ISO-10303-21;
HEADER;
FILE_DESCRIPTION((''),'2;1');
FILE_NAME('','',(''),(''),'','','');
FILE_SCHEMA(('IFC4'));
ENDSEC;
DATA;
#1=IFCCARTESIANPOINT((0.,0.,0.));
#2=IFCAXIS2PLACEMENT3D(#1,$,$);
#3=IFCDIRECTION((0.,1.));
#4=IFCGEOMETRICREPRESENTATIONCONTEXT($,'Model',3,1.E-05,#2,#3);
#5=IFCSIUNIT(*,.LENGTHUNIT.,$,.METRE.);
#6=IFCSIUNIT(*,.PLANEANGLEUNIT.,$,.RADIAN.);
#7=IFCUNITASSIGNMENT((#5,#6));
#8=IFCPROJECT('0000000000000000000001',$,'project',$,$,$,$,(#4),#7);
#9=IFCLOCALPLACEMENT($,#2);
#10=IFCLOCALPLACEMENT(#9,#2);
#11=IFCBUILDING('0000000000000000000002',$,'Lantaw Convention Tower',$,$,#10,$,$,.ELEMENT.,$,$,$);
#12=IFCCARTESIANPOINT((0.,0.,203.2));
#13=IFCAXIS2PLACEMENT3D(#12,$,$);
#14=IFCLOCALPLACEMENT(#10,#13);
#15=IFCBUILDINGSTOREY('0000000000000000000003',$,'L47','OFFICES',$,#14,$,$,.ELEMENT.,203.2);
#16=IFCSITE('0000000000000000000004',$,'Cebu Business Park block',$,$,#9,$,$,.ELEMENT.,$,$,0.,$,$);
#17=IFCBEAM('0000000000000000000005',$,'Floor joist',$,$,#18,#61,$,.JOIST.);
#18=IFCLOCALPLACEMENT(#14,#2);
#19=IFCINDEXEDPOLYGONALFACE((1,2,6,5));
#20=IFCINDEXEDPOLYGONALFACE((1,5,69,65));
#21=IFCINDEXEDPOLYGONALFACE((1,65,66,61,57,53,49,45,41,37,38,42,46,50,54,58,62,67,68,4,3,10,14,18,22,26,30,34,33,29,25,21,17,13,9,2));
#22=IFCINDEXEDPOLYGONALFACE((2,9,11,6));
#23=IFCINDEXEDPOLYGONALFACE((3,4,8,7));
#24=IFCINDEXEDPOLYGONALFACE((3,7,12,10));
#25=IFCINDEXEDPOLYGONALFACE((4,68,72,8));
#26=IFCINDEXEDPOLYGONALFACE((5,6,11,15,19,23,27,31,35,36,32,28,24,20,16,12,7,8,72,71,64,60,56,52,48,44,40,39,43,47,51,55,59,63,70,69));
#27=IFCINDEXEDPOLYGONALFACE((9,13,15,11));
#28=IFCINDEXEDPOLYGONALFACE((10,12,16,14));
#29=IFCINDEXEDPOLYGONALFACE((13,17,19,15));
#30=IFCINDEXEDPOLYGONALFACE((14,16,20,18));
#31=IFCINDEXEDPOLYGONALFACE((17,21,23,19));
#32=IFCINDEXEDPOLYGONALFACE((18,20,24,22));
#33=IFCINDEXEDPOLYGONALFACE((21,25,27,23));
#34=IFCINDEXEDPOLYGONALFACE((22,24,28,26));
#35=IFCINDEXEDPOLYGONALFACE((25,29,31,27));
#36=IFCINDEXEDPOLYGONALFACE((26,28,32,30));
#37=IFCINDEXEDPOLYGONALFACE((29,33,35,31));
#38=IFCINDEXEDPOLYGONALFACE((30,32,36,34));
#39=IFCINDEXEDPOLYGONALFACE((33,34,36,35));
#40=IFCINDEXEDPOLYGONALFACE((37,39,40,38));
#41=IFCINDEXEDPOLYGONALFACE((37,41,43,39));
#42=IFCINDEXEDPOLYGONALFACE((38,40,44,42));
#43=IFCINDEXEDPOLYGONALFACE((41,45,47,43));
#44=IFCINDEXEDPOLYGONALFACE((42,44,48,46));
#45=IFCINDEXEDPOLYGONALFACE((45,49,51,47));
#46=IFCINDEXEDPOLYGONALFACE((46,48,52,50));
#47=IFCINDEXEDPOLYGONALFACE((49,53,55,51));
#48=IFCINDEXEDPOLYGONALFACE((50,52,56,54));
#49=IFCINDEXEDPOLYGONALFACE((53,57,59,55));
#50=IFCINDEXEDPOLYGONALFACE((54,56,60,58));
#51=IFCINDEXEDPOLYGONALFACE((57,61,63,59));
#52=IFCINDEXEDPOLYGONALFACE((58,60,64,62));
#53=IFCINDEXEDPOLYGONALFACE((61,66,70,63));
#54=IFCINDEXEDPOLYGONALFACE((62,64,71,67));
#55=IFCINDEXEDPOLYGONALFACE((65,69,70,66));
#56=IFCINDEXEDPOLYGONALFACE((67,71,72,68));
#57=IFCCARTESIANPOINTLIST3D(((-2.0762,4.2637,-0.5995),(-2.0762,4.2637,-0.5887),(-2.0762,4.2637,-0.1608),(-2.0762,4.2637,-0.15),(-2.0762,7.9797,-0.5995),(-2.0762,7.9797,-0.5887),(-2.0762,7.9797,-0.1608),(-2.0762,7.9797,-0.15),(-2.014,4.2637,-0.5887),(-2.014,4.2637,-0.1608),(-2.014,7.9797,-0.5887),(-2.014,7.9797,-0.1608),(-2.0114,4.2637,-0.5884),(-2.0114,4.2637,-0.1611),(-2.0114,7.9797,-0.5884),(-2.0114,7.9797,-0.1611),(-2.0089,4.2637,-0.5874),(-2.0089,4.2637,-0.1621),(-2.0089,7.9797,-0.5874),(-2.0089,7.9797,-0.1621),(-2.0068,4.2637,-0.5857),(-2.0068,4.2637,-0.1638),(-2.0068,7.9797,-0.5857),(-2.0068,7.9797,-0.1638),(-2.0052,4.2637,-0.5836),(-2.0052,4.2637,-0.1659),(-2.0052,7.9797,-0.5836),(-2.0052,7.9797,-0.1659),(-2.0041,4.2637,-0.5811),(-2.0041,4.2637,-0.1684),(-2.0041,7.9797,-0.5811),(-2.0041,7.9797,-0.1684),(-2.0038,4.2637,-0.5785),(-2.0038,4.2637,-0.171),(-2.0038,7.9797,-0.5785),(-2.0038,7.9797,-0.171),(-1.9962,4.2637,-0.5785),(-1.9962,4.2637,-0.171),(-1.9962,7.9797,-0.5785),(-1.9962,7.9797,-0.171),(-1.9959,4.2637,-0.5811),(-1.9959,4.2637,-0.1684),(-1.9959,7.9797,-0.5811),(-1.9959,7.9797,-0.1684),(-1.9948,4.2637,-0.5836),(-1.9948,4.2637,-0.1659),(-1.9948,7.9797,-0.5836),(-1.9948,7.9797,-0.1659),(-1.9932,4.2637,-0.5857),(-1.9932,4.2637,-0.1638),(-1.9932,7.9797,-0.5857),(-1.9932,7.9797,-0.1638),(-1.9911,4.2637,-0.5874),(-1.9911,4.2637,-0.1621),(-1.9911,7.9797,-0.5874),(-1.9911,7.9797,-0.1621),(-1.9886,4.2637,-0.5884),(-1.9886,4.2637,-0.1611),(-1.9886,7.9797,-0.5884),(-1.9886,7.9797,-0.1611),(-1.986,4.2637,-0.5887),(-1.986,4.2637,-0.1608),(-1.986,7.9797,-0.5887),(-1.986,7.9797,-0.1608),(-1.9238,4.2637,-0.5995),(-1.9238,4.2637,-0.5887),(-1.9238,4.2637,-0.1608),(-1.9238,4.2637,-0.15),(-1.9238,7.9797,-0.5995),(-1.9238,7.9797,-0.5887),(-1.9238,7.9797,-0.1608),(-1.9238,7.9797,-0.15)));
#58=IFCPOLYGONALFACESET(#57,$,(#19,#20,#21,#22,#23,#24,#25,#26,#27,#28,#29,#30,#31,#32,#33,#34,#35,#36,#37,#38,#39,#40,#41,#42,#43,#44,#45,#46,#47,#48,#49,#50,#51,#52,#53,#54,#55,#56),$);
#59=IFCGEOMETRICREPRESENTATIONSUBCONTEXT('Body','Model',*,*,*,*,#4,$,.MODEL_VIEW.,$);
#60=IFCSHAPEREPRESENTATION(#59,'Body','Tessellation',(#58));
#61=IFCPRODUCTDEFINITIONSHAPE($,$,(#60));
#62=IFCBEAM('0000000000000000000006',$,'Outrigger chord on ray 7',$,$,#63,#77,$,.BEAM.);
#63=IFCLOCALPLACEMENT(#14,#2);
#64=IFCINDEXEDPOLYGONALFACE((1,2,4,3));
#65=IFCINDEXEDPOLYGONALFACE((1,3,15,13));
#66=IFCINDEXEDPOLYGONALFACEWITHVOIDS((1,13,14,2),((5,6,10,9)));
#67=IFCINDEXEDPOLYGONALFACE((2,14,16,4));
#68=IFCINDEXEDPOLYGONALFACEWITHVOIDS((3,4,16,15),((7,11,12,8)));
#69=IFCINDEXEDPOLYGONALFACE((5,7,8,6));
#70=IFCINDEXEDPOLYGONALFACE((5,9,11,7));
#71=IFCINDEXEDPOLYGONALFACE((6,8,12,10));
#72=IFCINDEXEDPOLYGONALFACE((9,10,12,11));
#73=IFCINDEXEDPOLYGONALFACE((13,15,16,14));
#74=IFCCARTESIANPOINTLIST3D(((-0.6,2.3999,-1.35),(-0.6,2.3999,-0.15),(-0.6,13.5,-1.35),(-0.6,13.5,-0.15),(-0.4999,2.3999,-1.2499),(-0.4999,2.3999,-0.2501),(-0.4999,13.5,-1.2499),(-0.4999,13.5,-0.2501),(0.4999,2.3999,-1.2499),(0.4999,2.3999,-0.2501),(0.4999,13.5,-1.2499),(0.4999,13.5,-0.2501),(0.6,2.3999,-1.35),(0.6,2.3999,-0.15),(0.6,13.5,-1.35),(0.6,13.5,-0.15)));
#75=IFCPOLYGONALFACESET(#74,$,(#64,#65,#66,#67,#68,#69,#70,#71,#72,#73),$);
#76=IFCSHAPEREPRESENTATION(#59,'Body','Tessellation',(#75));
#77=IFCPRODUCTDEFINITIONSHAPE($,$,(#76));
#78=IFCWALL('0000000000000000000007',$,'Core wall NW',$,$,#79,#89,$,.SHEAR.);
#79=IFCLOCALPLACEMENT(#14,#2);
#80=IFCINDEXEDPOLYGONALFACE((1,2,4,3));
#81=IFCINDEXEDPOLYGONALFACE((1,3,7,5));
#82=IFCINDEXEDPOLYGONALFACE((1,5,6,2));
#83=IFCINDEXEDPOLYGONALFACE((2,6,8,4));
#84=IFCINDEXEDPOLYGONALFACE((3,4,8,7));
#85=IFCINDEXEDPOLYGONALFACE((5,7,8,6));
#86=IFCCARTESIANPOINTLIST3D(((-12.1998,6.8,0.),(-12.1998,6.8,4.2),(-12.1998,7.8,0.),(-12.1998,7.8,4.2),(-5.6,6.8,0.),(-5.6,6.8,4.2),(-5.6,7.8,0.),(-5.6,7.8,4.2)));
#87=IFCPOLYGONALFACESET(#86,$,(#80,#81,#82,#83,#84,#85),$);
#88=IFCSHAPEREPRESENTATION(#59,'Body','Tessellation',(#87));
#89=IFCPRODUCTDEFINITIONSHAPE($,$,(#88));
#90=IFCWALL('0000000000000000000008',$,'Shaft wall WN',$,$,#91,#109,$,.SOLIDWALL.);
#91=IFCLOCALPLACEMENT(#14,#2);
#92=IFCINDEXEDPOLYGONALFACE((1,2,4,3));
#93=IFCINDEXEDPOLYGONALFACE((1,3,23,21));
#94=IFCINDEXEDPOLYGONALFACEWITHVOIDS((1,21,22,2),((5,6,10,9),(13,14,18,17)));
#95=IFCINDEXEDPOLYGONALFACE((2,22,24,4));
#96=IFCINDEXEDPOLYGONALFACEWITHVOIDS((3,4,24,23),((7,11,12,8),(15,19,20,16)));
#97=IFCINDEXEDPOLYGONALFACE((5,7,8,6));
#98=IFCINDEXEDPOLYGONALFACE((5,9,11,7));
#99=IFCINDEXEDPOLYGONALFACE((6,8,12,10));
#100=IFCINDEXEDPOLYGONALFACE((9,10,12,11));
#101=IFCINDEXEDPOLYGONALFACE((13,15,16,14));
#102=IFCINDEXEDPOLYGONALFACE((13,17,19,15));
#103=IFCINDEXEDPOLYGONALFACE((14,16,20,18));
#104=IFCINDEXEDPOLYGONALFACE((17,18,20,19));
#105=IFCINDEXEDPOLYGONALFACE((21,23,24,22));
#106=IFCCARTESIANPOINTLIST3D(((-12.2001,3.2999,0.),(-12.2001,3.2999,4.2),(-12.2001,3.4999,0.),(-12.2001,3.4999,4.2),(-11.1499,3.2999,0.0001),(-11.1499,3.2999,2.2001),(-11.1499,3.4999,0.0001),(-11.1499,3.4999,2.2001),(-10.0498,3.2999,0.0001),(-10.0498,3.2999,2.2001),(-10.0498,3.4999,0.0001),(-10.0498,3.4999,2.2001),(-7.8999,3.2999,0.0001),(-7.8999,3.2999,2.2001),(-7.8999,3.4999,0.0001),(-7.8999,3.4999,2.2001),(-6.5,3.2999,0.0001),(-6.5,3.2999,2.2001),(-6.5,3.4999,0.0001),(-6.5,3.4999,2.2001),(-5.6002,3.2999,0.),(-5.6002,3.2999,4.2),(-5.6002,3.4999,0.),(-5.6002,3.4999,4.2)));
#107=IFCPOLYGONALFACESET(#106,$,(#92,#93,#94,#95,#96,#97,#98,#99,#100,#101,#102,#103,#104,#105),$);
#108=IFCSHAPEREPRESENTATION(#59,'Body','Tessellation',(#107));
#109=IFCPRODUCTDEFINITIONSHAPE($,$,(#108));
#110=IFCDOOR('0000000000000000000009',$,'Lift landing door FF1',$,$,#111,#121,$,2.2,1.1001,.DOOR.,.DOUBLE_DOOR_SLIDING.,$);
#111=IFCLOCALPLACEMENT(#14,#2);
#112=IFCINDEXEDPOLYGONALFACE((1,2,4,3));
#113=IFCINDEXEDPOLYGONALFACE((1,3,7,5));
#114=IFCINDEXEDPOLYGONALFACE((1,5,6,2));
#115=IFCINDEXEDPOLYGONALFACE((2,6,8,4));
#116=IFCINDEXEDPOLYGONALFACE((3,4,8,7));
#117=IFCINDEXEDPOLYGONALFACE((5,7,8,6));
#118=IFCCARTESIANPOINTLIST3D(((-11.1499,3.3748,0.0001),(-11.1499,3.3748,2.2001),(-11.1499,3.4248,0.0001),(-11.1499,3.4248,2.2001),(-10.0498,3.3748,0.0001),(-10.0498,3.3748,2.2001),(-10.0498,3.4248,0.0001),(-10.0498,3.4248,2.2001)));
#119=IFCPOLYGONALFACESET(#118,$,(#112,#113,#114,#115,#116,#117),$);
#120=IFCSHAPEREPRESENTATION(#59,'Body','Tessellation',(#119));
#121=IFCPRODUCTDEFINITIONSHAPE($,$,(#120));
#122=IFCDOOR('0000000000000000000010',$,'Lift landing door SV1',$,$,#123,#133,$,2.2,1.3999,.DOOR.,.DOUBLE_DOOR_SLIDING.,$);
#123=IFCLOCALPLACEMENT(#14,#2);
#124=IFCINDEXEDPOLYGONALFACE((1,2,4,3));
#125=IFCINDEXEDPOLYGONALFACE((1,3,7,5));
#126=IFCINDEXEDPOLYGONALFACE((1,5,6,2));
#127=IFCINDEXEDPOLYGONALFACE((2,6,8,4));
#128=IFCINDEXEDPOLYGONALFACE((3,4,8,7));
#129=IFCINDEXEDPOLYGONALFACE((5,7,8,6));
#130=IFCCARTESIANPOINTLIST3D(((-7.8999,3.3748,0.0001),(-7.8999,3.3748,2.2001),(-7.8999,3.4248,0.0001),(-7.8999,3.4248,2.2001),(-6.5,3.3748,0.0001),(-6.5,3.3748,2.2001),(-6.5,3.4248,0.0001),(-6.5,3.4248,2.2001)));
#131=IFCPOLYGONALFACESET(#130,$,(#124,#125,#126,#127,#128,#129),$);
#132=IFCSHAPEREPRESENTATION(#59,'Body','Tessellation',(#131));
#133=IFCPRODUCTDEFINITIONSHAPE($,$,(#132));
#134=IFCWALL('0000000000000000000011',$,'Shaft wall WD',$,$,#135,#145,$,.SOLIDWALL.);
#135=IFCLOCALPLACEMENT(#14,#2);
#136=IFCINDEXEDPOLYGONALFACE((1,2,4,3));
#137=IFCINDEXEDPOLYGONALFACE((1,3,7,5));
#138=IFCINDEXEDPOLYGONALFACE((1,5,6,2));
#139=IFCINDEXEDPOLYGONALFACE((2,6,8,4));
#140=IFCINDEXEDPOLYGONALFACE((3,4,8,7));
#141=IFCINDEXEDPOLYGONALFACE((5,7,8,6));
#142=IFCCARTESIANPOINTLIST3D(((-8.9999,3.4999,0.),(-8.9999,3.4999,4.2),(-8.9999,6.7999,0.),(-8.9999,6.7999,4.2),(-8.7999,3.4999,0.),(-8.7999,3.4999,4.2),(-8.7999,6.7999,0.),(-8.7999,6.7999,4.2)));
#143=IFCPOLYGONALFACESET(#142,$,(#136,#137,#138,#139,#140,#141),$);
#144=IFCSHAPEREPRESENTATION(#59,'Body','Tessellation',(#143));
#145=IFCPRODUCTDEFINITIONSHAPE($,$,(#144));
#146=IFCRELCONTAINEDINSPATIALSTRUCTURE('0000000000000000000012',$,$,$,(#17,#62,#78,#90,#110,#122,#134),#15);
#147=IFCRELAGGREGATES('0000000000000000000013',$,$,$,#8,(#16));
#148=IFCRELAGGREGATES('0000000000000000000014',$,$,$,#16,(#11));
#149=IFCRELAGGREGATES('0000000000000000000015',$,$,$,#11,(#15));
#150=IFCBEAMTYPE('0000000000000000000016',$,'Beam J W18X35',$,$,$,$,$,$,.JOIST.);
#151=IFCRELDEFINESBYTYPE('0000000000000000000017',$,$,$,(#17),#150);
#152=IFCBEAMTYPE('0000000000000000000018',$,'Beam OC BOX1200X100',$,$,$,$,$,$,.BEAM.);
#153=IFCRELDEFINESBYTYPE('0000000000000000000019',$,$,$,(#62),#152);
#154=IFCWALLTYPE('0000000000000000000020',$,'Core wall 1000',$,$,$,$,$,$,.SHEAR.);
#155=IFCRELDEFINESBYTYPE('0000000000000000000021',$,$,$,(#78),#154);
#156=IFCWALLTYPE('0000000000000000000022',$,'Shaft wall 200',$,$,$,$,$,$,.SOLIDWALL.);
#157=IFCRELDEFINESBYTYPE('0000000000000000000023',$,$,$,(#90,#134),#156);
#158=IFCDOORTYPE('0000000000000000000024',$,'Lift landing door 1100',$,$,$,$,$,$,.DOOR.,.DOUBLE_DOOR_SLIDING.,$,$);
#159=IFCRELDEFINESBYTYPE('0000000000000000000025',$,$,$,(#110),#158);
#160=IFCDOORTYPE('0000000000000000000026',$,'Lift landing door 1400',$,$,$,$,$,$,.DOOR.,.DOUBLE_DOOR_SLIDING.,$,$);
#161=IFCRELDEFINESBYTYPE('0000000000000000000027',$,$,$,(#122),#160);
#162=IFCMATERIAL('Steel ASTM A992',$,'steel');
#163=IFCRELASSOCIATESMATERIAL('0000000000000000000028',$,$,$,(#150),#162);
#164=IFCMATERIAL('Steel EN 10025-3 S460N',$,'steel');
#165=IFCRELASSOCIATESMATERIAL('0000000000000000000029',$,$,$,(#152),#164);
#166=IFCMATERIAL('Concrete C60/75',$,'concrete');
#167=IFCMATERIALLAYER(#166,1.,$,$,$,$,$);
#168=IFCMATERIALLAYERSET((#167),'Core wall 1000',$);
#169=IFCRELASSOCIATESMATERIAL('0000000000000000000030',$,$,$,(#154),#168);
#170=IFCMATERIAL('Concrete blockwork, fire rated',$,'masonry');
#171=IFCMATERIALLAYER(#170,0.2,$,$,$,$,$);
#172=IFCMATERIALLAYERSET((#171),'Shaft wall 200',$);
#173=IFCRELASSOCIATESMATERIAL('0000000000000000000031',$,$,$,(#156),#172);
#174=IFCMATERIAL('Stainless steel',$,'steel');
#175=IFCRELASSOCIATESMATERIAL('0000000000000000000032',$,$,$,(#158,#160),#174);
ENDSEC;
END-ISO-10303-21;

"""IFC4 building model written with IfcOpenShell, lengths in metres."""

from ifc_helpers import new_model, si_unit, direction, frame, frame_2d, origin, origin_2d, place, context, subcontext, project, spatial, rectangle, hollow_rectangle, i_section, extrude, material, layer, layer_set, material_profile, profile_set, type_object, element, fill, save


model = new_model("IFC4")

# Units and contexts
model_context = context("Model", 3, precision=1e-05, world=origin(), true_north=direction((0.0, 1.0)))
body_context = subcontext(model_context, "Body", "Model", "MODEL_VIEW")
ifc_project = project(units=[si_unit("LENGTHUNIT", "METRE"), si_unit("PLANEANGLEUNIT", "RADIAN")], contexts=[model_context])

# Site, building, storey
site_placement = place(None, origin())
site = spatial("IfcSite", under=ifc_project, at=site_placement, Name="Cebu Business Park block", CompositionType="ELEMENT", RefElevation=0.0)
building_placement = place(site_placement, origin())
building = spatial("IfcBuilding", under=site, at=building_placement, Name="Lantaw Convention Tower", CompositionType="ELEMENT")
storey_placement = place(building_placement, frame((0.0, 0.0, 203.2)))
storey = spatial("IfcBuildingStorey", under=building, at=storey_placement, Name="L47", Description="OFFICES", CompositionType="ELEMENT", Elevation=203.2)

# Beams
ifc_material_1 = material(Name="Steel ASTM A992", Category="steel")
ifc_material_profile_1 = material_profile(ifc_material_1, i_section(OverallWidth=0.1523, OverallDepth=0.4495, WebThickness=0.0076, FlangeThickness=0.0107, FilletRadius=0.0103, at=origin_2d()), Name="W18X35")
ifc_profile_set_1 = profile_set([ifc_material_profile_1], Name="Steel ASTM A992")
beam_type_1 = type_object("IfcBeamType", Name="Beam J W18X35", PredefinedType="JOIST", material=ifc_profile_set_1)
beam_1_placement = place(storey_placement, frame((-2.0, 4.2637, -0.3748), z_axis=(0.0, 1.0, 0.0), x_axis=(-1.0, 0.0, 0.0)))
element("IfcBeam", 1, at=beam_1_placement, inside=storey, type_object=beam_type_1, Name="Floor joist", PredefinedType="JOIST", context=body_context, shape_type="SweptSolid", body=[
    extrude(i_section(OverallWidth=0.1523, OverallDepth=0.4495, WebThickness=0.0076, FlangeThickness=0.0107, FilletRadius=0.0103, at=origin_2d()), origin(), (0.0, 0.0, 1.0), 3.7161),
])
ifc_material_2 = material(Name="Steel EN 10025-3 S460N", Category="steel")
ifc_material_profile_2 = material_profile(ifc_material_2, hollow_rectangle(XDim=1.2, YDim=1.2, WallThickness=0.1001, at=origin_2d()), Name="BOX1200X100")
ifc_profile_set_2 = profile_set([ifc_material_profile_2], Name="Steel EN 10025-3 S460N")
beam_type_2 = type_object("IfcBeamType", Name="Beam OC BOX1200X100", PredefinedType="BEAM", material=ifc_profile_set_2)
beam_2_placement = place(storey_placement, frame((0.0, 2.3999, -0.75), z_axis=(0.0, 1.0, 0.0), x_axis=(-1.0, 0.0, 0.0)))
element("IfcBeam", 2, at=beam_2_placement, inside=storey, type_object=beam_type_2, Name="Outrigger chord on ray 7", PredefinedType="BEAM", context=body_context, shape_type="SweptSolid", body=[
    extrude(hollow_rectangle(XDim=1.2, YDim=1.2, WallThickness=0.1001, at=origin_2d()), origin(), (0.0, 0.0, 1.0), 11.1001),
])

# Wall
ifc_material_3 = material(Name="Concrete C60/75", Category="concrete")
ifc_layer_1 = layer(ifc_material_3, 1.0)
ifc_layer_set_1 = layer_set([ifc_layer_1], Name="Core wall 1000")
wall_type_1 = type_object("IfcWallType", Name="Core wall 1000", PredefinedType="SHEAR", material=ifc_layer_set_1)
wall_1_placement = place(storey_placement, frame((-5.6001, 7.3, 0.0), z_axis=(0.0, 0.0, 1.0), x_axis=(-1.0, 0.0, 0.0)))
element("IfcWall", 3, at=wall_1_placement, inside=storey, type_object=wall_type_1, Name="Core wall NW", PredefinedType="SHEAR", context=body_context, shape_type="SweptSolid", body=[
    extrude(rectangle(XDim=6.5999, YDim=1.0, at=frame_2d((3.2998, 0.0))), origin(), (0.0, 0.0, 1.0), 4.2),
])

# Wall, openings, doors
ifc_material_4 = material(Name="Concrete blockwork, fire rated", Category="masonry")
ifc_layer_2 = layer(ifc_material_4, 0.2)
ifc_layer_set_2 = layer_set([ifc_layer_2], Name="Shaft wall 200")
wall_type_2 = type_object("IfcWallType", Name="Shaft wall 200", PredefinedType="SOLIDWALL", material=ifc_layer_set_2)
wall_2_placement = place(storey_placement, frame((-12.2, 3.3999, 0.0), z_axis=(0.0, 0.0, 1.0), x_axis=(1.0, 0.0, 0.0)))
wall_2 = element("IfcWall", 4, at=wall_2_placement, inside=storey, type_object=wall_type_2, Name="Shaft wall WN", PredefinedType="SOLIDWALL", context=body_context, shape_type="SweptSolid", body=[
    extrude(rectangle(XDim=6.5999, YDim=0.2, at=frame_2d((3.2998, 0.0))), origin(), (0.0, 0.0, 1.0), 4.2),
])
opening_1_placement = place(wall_2_placement, frame((1.05, 0.0, 0.0)))
opening_1 = element("IfcOpeningElement", 5, at=opening_1_placement, cuts=wall_2, PredefinedType="OPENING", context=body_context, shape_type="SweptSolid", body=[
    extrude(rectangle(XDim=1.1001, YDim=2.2, at=frame_2d((0.55, 1.1001))), frame((0.0, 0.1099, 0.0), z_axis=(0.0, -1.0, 0.0), x_axis=(1.0, 0.0, 0.0)), (0.0, 0.0, 1.0), 0.22),
])
opening_2_placement = place(wall_2_placement, frame((4.3, 0.0, 0.0)))
opening_2 = element("IfcOpeningElement", 6, at=opening_2_placement, cuts=wall_2, PredefinedType="OPENING", context=body_context, shape_type="SweptSolid", body=[
    extrude(rectangle(XDim=1.3999, YDim=2.2, at=frame_2d((0.7, 1.1001))), frame((0.0, 0.1099, 0.0), z_axis=(0.0, -1.0, 0.0), x_axis=(1.0, 0.0, 0.0)), (0.0, 0.0, 1.0), 0.22),
])
ifc_material_5 = material(Name="Stainless steel", Category="steel")
door_type_1 = type_object("IfcDoorType", Name="Lift landing door 1100", OperationType="DOUBLE_DOOR_SLIDING", PredefinedType="DOOR", material=ifc_material_5)
door_1_placement = place(opening_1_placement, origin())
door_1 = element("IfcDoor", 7, at=door_1_placement, inside=storey, type_object=door_type_1, Name="Lift landing door FF1", OperationType="DOUBLE_DOOR_SLIDING", OverallHeight=2.2, OverallWidth=1.1001, PredefinedType="DOOR", context=body_context, shape_type="SweptSolid", body=[
    extrude(rectangle(XDim=1.1001, YDim=2.2, at=frame_2d((0.55, 1.1001))), frame((0.0, 0.0249, 0.0), z_axis=(0.0, -1.0, 0.0), x_axis=(1.0, 0.0, 0.0)), (0.0, 0.0, 1.0), 0.05),
])
fill(opening_1, door_1)
door_type_2 = type_object("IfcDoorType", Name="Lift landing door 1400", OperationType="DOUBLE_DOOR_SLIDING", PredefinedType="DOOR", material=ifc_material_5)
door_2_placement = place(opening_2_placement, origin())
door_2 = element("IfcDoor", 8, at=door_2_placement, inside=storey, type_object=door_type_2, Name="Lift landing door SV1", OperationType="DOUBLE_DOOR_SLIDING", OverallHeight=2.2, OverallWidth=1.3999, PredefinedType="DOOR", context=body_context, shape_type="SweptSolid", body=[
    extrude(rectangle(XDim=1.3999, YDim=2.2, at=frame_2d((0.7, 1.1001))), frame((0.0, 0.0249, 0.0), z_axis=(0.0, -1.0, 0.0), x_axis=(1.0, 0.0, 0.0)), (0.0, 0.0, 1.0), 0.05),
])
fill(opening_2, door_2)

# Wall
wall_3_placement = place(storey_placement, frame((-8.8999, 3.5, 0.0), z_axis=(0.0, 0.0, 1.0), x_axis=(0.0, 1.0, 0.0)))
element("IfcWall", 9, at=wall_3_placement, inside=storey, type_object=wall_type_2, Name="Shaft wall WD", PredefinedType="SOLIDWALL", context=body_context, shape_type="SweptSolid", body=[
    extrude(rectangle(XDim=3.3, YDim=0.2, at=frame_2d((1.6499, 0.0))), origin(), (0.0, 0.0, 1.0), 4.2),
])

save(model, "model.ifc")
